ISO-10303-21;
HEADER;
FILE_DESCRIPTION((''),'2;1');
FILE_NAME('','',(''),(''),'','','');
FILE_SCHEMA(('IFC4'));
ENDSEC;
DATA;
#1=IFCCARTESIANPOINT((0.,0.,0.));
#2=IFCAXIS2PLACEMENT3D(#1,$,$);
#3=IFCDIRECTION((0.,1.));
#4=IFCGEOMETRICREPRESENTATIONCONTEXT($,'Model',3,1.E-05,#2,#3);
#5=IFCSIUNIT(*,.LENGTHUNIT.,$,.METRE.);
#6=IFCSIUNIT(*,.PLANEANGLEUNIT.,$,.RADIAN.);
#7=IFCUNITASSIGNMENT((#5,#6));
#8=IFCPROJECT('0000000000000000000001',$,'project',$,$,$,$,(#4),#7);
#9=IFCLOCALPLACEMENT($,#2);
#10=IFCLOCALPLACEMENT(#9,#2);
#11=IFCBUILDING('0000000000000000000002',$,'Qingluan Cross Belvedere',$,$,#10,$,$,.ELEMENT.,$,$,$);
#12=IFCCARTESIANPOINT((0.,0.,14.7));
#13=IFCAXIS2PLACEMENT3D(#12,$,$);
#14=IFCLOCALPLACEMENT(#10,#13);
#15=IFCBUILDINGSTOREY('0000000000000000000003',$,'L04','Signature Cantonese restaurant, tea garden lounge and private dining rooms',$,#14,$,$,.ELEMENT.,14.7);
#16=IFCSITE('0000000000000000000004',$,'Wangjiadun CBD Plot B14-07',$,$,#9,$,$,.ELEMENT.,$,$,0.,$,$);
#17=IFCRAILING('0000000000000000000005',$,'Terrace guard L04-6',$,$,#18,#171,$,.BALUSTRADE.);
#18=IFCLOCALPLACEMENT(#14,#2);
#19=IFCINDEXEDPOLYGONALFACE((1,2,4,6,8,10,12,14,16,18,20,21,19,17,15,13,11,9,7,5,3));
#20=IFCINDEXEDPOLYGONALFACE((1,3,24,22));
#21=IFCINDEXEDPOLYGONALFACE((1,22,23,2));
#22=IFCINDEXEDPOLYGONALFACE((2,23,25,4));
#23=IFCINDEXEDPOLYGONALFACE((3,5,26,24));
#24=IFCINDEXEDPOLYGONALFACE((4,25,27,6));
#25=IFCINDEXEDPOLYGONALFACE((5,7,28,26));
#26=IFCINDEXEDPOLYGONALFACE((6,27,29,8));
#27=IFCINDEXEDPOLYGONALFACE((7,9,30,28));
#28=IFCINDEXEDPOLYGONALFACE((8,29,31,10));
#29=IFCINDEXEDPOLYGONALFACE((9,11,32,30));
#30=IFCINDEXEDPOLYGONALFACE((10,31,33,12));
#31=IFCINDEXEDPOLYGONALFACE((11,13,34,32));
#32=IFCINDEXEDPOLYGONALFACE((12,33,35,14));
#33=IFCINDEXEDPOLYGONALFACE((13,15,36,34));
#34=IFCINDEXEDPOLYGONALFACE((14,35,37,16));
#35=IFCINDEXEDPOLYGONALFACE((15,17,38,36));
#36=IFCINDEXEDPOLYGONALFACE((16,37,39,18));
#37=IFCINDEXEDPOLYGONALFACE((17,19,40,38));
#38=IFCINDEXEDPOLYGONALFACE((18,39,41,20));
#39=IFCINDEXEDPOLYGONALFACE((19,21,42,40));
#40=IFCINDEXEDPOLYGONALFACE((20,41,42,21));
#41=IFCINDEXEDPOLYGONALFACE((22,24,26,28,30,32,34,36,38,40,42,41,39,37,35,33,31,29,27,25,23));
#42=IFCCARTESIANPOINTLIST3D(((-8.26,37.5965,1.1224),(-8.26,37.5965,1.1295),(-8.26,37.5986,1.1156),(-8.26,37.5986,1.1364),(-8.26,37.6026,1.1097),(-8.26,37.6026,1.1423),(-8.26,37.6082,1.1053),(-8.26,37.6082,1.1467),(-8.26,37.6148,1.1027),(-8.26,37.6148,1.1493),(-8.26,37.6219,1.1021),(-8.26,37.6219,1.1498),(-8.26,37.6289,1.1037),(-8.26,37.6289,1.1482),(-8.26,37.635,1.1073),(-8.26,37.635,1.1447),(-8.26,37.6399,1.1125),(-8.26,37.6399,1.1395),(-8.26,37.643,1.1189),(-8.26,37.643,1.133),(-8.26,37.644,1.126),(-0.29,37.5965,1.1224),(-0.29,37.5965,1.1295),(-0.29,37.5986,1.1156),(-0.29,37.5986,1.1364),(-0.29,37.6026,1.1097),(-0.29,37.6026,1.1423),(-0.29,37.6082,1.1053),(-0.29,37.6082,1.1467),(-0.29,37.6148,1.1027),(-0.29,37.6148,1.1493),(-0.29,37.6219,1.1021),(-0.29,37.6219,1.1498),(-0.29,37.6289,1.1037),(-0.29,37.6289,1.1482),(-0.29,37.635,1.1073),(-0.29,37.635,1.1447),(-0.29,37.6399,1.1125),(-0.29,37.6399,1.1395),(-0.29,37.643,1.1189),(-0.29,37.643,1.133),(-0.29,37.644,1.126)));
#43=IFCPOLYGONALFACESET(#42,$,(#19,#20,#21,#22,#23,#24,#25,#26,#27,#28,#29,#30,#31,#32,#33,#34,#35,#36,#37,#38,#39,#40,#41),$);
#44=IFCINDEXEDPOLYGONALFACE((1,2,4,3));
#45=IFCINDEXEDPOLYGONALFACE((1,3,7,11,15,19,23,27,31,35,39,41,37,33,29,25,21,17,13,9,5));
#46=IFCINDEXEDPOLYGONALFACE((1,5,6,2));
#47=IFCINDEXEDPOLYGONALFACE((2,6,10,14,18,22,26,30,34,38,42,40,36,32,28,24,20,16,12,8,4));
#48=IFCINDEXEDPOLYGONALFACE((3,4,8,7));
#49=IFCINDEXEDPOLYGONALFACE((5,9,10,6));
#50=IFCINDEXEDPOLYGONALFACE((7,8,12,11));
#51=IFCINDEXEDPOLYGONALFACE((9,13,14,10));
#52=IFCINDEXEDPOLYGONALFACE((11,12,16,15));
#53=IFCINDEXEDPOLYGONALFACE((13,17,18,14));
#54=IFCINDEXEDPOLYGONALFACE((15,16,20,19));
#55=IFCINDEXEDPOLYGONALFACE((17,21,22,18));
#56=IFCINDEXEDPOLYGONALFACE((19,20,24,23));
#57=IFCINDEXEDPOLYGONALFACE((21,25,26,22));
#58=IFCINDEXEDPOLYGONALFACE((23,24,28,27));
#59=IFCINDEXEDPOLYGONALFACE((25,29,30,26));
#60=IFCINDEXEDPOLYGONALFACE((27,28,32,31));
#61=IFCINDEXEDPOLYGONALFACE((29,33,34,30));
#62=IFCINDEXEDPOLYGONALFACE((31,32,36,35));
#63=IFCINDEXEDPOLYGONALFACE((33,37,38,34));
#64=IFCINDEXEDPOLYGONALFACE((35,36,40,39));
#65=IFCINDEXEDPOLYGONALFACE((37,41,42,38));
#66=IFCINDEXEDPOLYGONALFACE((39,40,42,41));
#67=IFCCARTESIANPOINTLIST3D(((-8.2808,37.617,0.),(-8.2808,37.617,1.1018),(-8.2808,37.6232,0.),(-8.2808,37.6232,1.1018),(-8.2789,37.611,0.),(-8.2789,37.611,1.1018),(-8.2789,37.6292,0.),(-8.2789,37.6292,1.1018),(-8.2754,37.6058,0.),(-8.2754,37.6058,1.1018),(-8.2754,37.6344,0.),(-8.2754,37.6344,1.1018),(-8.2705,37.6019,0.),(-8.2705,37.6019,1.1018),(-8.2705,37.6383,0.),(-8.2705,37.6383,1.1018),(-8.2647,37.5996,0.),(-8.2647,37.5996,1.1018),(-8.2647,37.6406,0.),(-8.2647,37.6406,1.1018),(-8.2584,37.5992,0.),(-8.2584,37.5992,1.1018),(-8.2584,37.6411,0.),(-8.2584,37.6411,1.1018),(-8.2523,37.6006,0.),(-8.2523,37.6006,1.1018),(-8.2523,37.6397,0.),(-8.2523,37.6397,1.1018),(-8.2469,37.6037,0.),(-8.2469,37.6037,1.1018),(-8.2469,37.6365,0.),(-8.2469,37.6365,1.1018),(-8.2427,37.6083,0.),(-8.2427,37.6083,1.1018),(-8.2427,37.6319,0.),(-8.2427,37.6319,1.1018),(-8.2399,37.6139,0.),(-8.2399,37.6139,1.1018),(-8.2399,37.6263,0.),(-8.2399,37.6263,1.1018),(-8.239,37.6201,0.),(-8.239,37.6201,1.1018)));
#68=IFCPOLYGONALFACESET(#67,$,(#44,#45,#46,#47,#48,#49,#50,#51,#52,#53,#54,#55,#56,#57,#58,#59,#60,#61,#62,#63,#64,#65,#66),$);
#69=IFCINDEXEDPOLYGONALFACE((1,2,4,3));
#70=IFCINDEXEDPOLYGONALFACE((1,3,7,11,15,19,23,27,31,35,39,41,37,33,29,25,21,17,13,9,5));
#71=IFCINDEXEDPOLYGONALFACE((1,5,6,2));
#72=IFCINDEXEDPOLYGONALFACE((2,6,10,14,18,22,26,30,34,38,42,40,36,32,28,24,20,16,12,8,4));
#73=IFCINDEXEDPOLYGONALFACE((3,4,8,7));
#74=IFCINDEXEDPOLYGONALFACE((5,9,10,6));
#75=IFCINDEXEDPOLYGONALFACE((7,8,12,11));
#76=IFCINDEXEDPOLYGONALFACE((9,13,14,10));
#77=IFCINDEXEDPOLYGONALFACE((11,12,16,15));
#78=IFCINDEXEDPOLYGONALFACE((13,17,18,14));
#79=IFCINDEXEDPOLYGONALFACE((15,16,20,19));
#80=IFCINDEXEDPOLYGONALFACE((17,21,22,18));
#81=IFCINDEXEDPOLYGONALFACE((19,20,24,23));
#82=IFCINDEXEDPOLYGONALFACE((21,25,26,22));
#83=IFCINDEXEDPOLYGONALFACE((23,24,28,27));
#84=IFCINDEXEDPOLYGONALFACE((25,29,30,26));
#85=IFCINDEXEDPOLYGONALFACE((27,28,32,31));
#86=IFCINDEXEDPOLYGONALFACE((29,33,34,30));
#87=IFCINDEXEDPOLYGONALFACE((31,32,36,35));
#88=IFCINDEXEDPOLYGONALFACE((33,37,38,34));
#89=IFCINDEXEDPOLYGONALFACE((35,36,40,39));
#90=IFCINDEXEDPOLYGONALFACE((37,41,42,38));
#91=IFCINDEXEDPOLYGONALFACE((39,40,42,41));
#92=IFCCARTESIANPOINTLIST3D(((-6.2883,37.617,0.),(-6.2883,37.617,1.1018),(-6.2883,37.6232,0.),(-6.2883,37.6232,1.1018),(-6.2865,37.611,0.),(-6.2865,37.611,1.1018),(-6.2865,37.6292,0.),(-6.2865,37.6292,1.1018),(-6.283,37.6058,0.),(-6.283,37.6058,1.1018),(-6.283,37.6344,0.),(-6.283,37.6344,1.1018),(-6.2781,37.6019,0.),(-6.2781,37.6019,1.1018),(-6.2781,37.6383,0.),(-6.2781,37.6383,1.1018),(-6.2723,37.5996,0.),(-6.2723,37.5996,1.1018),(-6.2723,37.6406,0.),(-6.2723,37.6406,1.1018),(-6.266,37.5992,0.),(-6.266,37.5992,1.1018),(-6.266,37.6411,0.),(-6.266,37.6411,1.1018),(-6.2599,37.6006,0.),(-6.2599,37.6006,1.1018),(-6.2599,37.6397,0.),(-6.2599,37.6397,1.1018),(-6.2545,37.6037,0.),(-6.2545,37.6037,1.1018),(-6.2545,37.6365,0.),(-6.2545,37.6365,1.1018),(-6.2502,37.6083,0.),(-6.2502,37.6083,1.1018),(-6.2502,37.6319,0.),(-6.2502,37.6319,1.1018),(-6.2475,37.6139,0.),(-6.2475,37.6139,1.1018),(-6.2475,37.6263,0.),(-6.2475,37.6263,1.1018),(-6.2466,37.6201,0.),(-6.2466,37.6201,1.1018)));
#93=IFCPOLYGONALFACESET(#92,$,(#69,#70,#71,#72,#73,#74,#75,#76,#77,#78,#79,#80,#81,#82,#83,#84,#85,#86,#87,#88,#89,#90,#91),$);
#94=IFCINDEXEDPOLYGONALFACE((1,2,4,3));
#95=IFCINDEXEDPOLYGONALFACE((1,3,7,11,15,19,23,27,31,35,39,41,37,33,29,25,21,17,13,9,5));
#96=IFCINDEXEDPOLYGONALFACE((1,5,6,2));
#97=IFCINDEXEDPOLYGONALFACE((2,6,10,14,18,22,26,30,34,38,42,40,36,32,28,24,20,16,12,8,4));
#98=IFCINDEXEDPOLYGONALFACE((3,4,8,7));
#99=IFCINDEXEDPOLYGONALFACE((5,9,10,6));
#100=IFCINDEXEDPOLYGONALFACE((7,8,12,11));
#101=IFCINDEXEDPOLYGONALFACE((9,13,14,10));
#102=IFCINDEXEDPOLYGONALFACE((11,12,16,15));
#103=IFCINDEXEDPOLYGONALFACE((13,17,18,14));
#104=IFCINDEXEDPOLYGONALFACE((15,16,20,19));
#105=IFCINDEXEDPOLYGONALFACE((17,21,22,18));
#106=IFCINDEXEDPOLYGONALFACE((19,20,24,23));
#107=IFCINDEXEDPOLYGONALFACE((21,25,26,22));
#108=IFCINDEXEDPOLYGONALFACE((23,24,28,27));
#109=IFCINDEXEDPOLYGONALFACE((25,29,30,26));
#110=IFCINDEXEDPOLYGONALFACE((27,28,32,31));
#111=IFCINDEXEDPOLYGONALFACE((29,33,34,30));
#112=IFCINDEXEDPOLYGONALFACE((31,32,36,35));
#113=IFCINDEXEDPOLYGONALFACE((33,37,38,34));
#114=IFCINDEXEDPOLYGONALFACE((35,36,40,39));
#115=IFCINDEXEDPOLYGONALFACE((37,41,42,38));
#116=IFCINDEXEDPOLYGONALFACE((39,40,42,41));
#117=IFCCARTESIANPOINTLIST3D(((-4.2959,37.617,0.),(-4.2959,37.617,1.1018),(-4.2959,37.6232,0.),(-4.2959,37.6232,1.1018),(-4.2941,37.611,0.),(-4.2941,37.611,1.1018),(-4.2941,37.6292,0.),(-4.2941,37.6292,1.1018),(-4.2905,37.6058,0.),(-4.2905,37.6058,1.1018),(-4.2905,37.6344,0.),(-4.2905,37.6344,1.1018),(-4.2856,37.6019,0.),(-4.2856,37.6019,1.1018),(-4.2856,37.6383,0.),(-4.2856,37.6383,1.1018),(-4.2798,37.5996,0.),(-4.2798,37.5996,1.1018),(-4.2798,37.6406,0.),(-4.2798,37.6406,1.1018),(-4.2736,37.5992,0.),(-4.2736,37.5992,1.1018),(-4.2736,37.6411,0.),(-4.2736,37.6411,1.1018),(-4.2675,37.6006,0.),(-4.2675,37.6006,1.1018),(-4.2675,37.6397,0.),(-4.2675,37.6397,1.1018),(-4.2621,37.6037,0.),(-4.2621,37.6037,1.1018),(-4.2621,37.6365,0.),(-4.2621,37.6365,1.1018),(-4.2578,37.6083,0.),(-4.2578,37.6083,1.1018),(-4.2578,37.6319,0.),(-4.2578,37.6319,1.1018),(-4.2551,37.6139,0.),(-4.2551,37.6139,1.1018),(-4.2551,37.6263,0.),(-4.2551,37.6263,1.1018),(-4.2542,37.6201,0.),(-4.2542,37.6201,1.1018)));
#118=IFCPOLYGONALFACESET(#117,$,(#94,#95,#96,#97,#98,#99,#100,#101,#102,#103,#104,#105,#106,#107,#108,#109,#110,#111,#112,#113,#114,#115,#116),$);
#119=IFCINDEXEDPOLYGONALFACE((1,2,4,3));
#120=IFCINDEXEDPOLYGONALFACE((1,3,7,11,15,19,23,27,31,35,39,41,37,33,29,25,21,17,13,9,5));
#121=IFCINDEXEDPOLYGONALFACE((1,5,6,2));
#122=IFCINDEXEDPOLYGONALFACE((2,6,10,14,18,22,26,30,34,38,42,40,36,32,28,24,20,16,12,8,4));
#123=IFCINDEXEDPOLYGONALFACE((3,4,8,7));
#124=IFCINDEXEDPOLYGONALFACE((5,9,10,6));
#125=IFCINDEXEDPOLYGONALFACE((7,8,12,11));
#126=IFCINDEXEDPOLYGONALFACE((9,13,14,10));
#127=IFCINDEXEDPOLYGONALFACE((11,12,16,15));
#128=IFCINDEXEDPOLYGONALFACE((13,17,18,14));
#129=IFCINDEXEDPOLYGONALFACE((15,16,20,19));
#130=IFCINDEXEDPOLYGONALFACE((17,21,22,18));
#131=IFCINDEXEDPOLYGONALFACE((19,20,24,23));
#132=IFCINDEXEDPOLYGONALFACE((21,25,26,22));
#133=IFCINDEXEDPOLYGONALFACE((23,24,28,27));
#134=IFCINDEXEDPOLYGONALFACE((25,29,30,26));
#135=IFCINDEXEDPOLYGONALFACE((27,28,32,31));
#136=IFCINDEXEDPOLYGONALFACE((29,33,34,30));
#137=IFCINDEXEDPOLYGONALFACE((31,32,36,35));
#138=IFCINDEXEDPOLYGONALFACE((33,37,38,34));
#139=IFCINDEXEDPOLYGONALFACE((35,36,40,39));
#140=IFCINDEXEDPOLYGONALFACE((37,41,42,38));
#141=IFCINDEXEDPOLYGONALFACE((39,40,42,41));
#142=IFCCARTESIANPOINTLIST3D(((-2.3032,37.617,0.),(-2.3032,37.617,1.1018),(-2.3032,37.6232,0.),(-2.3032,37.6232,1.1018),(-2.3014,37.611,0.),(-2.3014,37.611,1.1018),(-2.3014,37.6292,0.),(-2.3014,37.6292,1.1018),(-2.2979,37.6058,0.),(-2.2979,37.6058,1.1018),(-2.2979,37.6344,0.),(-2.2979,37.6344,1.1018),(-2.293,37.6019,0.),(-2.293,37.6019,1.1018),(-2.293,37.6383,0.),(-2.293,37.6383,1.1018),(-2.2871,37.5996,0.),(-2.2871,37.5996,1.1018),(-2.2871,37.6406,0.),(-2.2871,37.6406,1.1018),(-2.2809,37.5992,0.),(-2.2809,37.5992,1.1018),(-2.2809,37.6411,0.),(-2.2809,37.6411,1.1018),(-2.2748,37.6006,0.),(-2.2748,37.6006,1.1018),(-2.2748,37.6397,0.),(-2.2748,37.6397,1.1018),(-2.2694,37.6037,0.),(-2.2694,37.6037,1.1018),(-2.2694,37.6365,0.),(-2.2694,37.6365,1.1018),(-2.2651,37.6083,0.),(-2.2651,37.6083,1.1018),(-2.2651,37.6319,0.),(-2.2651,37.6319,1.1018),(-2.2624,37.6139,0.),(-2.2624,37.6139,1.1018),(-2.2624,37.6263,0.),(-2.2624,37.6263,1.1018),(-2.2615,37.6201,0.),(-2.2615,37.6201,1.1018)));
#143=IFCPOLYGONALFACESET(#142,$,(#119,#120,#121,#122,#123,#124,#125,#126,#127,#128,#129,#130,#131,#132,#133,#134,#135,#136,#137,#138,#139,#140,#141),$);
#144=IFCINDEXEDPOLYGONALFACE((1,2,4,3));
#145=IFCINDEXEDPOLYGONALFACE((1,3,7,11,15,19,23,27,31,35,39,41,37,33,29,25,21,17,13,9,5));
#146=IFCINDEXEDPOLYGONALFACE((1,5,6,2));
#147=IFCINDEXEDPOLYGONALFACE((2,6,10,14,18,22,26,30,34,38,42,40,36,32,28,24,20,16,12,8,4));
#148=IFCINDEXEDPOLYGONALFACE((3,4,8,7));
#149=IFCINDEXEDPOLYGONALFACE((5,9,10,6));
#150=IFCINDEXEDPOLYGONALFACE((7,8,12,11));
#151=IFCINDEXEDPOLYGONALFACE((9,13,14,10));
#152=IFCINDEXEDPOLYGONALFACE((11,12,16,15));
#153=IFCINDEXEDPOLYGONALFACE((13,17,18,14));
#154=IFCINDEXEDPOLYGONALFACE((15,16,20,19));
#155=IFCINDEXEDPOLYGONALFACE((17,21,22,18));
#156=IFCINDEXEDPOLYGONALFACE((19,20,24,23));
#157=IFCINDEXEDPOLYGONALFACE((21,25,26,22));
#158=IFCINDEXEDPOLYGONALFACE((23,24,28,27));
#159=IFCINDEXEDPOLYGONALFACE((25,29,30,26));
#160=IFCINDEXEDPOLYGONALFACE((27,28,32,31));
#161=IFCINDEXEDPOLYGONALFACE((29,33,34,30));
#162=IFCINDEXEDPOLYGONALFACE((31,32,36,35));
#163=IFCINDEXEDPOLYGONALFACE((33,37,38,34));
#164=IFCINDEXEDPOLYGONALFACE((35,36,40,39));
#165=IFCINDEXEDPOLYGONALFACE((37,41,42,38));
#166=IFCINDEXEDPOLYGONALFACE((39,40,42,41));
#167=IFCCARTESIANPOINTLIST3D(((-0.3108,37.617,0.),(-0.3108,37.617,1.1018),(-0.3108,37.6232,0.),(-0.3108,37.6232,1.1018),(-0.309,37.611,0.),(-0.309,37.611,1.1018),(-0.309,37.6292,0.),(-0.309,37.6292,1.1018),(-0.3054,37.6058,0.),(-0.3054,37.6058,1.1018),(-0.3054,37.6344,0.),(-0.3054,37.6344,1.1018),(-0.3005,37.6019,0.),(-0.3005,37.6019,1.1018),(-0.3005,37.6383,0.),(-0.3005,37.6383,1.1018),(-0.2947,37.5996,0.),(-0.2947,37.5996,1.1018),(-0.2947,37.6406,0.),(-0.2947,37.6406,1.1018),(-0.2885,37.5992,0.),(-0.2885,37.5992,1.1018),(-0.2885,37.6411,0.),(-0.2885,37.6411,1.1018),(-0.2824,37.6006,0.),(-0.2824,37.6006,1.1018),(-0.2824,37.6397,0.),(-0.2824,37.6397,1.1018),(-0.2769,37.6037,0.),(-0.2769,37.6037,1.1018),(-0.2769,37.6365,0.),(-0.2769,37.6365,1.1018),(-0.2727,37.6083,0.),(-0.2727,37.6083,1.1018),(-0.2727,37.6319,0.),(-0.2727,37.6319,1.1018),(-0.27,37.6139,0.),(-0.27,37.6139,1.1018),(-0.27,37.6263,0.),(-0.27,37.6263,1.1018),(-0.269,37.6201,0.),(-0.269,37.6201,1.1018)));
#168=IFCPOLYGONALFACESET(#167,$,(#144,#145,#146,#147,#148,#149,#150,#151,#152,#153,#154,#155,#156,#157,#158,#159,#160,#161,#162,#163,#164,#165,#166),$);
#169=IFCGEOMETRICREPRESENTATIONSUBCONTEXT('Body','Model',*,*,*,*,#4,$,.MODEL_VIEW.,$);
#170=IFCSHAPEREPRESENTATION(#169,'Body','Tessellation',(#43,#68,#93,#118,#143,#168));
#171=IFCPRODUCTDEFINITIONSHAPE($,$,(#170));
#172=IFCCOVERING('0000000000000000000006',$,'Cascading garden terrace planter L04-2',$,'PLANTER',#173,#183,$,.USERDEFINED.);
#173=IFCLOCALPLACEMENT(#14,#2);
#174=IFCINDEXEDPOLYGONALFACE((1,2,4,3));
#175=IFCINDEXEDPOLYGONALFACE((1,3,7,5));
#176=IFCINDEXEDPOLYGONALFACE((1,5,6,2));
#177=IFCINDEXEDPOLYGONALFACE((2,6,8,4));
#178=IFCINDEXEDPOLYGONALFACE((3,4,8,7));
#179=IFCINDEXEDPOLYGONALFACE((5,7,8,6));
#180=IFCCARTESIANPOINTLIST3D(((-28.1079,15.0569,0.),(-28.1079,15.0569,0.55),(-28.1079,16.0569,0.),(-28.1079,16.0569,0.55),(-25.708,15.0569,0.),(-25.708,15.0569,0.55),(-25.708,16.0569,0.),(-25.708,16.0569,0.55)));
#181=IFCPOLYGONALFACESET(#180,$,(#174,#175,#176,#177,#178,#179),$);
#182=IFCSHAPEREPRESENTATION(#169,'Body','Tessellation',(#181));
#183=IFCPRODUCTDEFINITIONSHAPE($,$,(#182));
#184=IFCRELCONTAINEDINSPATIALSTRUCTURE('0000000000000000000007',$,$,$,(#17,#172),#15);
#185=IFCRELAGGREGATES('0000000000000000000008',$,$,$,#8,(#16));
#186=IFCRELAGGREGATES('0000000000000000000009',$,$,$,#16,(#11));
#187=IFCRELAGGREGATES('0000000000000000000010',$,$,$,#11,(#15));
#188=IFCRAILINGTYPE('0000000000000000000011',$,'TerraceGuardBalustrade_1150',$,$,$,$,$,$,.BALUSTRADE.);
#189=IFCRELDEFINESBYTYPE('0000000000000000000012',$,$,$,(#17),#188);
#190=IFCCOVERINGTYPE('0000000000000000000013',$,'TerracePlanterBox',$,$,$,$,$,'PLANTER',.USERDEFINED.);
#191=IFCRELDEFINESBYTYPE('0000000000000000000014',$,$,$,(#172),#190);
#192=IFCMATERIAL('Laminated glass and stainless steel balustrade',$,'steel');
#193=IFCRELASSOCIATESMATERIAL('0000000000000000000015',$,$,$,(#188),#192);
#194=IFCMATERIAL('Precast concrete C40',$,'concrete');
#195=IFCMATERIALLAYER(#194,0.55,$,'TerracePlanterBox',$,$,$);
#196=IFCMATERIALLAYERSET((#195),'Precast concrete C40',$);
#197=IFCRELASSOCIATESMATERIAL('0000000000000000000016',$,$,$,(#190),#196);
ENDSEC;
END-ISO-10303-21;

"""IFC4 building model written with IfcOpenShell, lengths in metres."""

from ifc_helpers import new_model, si_unit, direction, frame, origin, origin_2d, place, context, subcontext, project, spatial, rectangle, circle, extrude, material, layer, layer_set, type_object, element, save


model = new_model("IFC4")

# Units and contexts
model_context = context("Model", 3, precision=1e-05, world=origin(), true_north=direction((0.0, 1.0)))
body_context = subcontext(model_context, "Body", "Model", "MODEL_VIEW")
ifc_project = project(units=[si_unit("LENGTHUNIT", "METRE"), si_unit("PLANEANGLEUNIT", "RADIAN")], contexts=[model_context])

# Site, building, storey
site_placement = place(None, origin())
site = spatial("IfcSite", under=ifc_project, at=site_placement, Name="Wangjiadun CBD Plot B14-07", CompositionType="ELEMENT", RefElevation=0.0)
building_placement = place(site_placement, origin())
building = spatial("IfcBuilding", under=site, at=building_placement, Name="Qingluan Cross Belvedere", CompositionType="ELEMENT")
storey_placement = place(building_placement, frame((0.0, 0.0, 14.7)))
storey = spatial("IfcBuildingStorey", under=building, at=storey_placement, Name="L04", Description="Signature Cantonese restaurant, tea garden lounge and private dining rooms", CompositionType="ELEMENT", Elevation=14.7)

# Railing
ifc_material_1 = material(Name="Laminated glass and stainless steel balustrade", Category="steel")
railing_type_1 = type_object("IfcRailingType", Name="TerraceGuardBalustrade_1150", PredefinedType="BALUSTRADE", material=ifc_material_1)
railing_1_placement = place(storey_placement, frame((-8.26, 37.6201, 0.0)))
element("IfcRailing", 1, at=railing_1_placement, inside=storey, type_object=railing_type_1, Name="Terrace guard L04-6", PredefinedType="BALUSTRADE", context=body_context, shape_type="SweptSolid", body=[
    extrude(circle(Radius=0.0239, at=origin_2d()), frame((0.0, 0.0, 1.126), z_axis=(1.0, 0.0, 0.0), x_axis=(0.0, 1.0, 0.0)), (0.0, 0.0, 1.0), 7.97),
    extrude(circle(Radius=0.021, at=origin_2d()), origin(), (0.0, 0.0, 1.0), 1.1018),
    extrude(circle(Radius=0.021, at=origin_2d()), frame((1.9924, 0.0, 0.0)), (0.0, 0.0, 1.0), 1.1018),
    extrude(circle(Radius=0.021, at=origin_2d()), frame((3.9849, 0.0, 0.0)), (0.0, 0.0, 1.0), 1.1018),
    extrude(circle(Radius=0.021, at=origin_2d()), frame((5.9775, 0.0, 0.0)), (0.0, 0.0, 1.0), 1.1018),
    extrude(circle(Radius=0.021, at=origin_2d()), frame((7.97, 0.0, 0.0)), (0.0, 0.0, 1.0), 1.1018),
])

# Covering
ifc_material_2 = material(Name="Precast concrete C40", Category="concrete")
ifc_layer_1 = layer(ifc_material_2, 0.55, Name="TerracePlanterBox")
ifc_layer_set_1 = layer_set([ifc_layer_1], Name="Precast concrete C40")
covering_type = type_object("IfcCoveringType", Name="TerracePlanterBox", ElementType="PLANTER", PredefinedType="USERDEFINED", material=ifc_layer_set_1)
covering_placement = place(storey_placement, frame((-26.908, 15.5569, 0.0), z_axis=(0.0, 0.0, 1.0), x_axis=(1.0, 0.0, 0.0)))
element("IfcCovering", 2, at=covering_placement, inside=storey, type_object=covering_type, Name="Cascading garden terrace planter L04-2", ObjectType="PLANTER", PredefinedType="USERDEFINED", context=body_context, shape_type="SweptSolid", body=[
    extrude(rectangle(XDim=2.3999, YDim=1.0, at=origin_2d()), origin(), (0.0, 0.0, 1.0), 0.55),
])

save(model, "model.ifc")
